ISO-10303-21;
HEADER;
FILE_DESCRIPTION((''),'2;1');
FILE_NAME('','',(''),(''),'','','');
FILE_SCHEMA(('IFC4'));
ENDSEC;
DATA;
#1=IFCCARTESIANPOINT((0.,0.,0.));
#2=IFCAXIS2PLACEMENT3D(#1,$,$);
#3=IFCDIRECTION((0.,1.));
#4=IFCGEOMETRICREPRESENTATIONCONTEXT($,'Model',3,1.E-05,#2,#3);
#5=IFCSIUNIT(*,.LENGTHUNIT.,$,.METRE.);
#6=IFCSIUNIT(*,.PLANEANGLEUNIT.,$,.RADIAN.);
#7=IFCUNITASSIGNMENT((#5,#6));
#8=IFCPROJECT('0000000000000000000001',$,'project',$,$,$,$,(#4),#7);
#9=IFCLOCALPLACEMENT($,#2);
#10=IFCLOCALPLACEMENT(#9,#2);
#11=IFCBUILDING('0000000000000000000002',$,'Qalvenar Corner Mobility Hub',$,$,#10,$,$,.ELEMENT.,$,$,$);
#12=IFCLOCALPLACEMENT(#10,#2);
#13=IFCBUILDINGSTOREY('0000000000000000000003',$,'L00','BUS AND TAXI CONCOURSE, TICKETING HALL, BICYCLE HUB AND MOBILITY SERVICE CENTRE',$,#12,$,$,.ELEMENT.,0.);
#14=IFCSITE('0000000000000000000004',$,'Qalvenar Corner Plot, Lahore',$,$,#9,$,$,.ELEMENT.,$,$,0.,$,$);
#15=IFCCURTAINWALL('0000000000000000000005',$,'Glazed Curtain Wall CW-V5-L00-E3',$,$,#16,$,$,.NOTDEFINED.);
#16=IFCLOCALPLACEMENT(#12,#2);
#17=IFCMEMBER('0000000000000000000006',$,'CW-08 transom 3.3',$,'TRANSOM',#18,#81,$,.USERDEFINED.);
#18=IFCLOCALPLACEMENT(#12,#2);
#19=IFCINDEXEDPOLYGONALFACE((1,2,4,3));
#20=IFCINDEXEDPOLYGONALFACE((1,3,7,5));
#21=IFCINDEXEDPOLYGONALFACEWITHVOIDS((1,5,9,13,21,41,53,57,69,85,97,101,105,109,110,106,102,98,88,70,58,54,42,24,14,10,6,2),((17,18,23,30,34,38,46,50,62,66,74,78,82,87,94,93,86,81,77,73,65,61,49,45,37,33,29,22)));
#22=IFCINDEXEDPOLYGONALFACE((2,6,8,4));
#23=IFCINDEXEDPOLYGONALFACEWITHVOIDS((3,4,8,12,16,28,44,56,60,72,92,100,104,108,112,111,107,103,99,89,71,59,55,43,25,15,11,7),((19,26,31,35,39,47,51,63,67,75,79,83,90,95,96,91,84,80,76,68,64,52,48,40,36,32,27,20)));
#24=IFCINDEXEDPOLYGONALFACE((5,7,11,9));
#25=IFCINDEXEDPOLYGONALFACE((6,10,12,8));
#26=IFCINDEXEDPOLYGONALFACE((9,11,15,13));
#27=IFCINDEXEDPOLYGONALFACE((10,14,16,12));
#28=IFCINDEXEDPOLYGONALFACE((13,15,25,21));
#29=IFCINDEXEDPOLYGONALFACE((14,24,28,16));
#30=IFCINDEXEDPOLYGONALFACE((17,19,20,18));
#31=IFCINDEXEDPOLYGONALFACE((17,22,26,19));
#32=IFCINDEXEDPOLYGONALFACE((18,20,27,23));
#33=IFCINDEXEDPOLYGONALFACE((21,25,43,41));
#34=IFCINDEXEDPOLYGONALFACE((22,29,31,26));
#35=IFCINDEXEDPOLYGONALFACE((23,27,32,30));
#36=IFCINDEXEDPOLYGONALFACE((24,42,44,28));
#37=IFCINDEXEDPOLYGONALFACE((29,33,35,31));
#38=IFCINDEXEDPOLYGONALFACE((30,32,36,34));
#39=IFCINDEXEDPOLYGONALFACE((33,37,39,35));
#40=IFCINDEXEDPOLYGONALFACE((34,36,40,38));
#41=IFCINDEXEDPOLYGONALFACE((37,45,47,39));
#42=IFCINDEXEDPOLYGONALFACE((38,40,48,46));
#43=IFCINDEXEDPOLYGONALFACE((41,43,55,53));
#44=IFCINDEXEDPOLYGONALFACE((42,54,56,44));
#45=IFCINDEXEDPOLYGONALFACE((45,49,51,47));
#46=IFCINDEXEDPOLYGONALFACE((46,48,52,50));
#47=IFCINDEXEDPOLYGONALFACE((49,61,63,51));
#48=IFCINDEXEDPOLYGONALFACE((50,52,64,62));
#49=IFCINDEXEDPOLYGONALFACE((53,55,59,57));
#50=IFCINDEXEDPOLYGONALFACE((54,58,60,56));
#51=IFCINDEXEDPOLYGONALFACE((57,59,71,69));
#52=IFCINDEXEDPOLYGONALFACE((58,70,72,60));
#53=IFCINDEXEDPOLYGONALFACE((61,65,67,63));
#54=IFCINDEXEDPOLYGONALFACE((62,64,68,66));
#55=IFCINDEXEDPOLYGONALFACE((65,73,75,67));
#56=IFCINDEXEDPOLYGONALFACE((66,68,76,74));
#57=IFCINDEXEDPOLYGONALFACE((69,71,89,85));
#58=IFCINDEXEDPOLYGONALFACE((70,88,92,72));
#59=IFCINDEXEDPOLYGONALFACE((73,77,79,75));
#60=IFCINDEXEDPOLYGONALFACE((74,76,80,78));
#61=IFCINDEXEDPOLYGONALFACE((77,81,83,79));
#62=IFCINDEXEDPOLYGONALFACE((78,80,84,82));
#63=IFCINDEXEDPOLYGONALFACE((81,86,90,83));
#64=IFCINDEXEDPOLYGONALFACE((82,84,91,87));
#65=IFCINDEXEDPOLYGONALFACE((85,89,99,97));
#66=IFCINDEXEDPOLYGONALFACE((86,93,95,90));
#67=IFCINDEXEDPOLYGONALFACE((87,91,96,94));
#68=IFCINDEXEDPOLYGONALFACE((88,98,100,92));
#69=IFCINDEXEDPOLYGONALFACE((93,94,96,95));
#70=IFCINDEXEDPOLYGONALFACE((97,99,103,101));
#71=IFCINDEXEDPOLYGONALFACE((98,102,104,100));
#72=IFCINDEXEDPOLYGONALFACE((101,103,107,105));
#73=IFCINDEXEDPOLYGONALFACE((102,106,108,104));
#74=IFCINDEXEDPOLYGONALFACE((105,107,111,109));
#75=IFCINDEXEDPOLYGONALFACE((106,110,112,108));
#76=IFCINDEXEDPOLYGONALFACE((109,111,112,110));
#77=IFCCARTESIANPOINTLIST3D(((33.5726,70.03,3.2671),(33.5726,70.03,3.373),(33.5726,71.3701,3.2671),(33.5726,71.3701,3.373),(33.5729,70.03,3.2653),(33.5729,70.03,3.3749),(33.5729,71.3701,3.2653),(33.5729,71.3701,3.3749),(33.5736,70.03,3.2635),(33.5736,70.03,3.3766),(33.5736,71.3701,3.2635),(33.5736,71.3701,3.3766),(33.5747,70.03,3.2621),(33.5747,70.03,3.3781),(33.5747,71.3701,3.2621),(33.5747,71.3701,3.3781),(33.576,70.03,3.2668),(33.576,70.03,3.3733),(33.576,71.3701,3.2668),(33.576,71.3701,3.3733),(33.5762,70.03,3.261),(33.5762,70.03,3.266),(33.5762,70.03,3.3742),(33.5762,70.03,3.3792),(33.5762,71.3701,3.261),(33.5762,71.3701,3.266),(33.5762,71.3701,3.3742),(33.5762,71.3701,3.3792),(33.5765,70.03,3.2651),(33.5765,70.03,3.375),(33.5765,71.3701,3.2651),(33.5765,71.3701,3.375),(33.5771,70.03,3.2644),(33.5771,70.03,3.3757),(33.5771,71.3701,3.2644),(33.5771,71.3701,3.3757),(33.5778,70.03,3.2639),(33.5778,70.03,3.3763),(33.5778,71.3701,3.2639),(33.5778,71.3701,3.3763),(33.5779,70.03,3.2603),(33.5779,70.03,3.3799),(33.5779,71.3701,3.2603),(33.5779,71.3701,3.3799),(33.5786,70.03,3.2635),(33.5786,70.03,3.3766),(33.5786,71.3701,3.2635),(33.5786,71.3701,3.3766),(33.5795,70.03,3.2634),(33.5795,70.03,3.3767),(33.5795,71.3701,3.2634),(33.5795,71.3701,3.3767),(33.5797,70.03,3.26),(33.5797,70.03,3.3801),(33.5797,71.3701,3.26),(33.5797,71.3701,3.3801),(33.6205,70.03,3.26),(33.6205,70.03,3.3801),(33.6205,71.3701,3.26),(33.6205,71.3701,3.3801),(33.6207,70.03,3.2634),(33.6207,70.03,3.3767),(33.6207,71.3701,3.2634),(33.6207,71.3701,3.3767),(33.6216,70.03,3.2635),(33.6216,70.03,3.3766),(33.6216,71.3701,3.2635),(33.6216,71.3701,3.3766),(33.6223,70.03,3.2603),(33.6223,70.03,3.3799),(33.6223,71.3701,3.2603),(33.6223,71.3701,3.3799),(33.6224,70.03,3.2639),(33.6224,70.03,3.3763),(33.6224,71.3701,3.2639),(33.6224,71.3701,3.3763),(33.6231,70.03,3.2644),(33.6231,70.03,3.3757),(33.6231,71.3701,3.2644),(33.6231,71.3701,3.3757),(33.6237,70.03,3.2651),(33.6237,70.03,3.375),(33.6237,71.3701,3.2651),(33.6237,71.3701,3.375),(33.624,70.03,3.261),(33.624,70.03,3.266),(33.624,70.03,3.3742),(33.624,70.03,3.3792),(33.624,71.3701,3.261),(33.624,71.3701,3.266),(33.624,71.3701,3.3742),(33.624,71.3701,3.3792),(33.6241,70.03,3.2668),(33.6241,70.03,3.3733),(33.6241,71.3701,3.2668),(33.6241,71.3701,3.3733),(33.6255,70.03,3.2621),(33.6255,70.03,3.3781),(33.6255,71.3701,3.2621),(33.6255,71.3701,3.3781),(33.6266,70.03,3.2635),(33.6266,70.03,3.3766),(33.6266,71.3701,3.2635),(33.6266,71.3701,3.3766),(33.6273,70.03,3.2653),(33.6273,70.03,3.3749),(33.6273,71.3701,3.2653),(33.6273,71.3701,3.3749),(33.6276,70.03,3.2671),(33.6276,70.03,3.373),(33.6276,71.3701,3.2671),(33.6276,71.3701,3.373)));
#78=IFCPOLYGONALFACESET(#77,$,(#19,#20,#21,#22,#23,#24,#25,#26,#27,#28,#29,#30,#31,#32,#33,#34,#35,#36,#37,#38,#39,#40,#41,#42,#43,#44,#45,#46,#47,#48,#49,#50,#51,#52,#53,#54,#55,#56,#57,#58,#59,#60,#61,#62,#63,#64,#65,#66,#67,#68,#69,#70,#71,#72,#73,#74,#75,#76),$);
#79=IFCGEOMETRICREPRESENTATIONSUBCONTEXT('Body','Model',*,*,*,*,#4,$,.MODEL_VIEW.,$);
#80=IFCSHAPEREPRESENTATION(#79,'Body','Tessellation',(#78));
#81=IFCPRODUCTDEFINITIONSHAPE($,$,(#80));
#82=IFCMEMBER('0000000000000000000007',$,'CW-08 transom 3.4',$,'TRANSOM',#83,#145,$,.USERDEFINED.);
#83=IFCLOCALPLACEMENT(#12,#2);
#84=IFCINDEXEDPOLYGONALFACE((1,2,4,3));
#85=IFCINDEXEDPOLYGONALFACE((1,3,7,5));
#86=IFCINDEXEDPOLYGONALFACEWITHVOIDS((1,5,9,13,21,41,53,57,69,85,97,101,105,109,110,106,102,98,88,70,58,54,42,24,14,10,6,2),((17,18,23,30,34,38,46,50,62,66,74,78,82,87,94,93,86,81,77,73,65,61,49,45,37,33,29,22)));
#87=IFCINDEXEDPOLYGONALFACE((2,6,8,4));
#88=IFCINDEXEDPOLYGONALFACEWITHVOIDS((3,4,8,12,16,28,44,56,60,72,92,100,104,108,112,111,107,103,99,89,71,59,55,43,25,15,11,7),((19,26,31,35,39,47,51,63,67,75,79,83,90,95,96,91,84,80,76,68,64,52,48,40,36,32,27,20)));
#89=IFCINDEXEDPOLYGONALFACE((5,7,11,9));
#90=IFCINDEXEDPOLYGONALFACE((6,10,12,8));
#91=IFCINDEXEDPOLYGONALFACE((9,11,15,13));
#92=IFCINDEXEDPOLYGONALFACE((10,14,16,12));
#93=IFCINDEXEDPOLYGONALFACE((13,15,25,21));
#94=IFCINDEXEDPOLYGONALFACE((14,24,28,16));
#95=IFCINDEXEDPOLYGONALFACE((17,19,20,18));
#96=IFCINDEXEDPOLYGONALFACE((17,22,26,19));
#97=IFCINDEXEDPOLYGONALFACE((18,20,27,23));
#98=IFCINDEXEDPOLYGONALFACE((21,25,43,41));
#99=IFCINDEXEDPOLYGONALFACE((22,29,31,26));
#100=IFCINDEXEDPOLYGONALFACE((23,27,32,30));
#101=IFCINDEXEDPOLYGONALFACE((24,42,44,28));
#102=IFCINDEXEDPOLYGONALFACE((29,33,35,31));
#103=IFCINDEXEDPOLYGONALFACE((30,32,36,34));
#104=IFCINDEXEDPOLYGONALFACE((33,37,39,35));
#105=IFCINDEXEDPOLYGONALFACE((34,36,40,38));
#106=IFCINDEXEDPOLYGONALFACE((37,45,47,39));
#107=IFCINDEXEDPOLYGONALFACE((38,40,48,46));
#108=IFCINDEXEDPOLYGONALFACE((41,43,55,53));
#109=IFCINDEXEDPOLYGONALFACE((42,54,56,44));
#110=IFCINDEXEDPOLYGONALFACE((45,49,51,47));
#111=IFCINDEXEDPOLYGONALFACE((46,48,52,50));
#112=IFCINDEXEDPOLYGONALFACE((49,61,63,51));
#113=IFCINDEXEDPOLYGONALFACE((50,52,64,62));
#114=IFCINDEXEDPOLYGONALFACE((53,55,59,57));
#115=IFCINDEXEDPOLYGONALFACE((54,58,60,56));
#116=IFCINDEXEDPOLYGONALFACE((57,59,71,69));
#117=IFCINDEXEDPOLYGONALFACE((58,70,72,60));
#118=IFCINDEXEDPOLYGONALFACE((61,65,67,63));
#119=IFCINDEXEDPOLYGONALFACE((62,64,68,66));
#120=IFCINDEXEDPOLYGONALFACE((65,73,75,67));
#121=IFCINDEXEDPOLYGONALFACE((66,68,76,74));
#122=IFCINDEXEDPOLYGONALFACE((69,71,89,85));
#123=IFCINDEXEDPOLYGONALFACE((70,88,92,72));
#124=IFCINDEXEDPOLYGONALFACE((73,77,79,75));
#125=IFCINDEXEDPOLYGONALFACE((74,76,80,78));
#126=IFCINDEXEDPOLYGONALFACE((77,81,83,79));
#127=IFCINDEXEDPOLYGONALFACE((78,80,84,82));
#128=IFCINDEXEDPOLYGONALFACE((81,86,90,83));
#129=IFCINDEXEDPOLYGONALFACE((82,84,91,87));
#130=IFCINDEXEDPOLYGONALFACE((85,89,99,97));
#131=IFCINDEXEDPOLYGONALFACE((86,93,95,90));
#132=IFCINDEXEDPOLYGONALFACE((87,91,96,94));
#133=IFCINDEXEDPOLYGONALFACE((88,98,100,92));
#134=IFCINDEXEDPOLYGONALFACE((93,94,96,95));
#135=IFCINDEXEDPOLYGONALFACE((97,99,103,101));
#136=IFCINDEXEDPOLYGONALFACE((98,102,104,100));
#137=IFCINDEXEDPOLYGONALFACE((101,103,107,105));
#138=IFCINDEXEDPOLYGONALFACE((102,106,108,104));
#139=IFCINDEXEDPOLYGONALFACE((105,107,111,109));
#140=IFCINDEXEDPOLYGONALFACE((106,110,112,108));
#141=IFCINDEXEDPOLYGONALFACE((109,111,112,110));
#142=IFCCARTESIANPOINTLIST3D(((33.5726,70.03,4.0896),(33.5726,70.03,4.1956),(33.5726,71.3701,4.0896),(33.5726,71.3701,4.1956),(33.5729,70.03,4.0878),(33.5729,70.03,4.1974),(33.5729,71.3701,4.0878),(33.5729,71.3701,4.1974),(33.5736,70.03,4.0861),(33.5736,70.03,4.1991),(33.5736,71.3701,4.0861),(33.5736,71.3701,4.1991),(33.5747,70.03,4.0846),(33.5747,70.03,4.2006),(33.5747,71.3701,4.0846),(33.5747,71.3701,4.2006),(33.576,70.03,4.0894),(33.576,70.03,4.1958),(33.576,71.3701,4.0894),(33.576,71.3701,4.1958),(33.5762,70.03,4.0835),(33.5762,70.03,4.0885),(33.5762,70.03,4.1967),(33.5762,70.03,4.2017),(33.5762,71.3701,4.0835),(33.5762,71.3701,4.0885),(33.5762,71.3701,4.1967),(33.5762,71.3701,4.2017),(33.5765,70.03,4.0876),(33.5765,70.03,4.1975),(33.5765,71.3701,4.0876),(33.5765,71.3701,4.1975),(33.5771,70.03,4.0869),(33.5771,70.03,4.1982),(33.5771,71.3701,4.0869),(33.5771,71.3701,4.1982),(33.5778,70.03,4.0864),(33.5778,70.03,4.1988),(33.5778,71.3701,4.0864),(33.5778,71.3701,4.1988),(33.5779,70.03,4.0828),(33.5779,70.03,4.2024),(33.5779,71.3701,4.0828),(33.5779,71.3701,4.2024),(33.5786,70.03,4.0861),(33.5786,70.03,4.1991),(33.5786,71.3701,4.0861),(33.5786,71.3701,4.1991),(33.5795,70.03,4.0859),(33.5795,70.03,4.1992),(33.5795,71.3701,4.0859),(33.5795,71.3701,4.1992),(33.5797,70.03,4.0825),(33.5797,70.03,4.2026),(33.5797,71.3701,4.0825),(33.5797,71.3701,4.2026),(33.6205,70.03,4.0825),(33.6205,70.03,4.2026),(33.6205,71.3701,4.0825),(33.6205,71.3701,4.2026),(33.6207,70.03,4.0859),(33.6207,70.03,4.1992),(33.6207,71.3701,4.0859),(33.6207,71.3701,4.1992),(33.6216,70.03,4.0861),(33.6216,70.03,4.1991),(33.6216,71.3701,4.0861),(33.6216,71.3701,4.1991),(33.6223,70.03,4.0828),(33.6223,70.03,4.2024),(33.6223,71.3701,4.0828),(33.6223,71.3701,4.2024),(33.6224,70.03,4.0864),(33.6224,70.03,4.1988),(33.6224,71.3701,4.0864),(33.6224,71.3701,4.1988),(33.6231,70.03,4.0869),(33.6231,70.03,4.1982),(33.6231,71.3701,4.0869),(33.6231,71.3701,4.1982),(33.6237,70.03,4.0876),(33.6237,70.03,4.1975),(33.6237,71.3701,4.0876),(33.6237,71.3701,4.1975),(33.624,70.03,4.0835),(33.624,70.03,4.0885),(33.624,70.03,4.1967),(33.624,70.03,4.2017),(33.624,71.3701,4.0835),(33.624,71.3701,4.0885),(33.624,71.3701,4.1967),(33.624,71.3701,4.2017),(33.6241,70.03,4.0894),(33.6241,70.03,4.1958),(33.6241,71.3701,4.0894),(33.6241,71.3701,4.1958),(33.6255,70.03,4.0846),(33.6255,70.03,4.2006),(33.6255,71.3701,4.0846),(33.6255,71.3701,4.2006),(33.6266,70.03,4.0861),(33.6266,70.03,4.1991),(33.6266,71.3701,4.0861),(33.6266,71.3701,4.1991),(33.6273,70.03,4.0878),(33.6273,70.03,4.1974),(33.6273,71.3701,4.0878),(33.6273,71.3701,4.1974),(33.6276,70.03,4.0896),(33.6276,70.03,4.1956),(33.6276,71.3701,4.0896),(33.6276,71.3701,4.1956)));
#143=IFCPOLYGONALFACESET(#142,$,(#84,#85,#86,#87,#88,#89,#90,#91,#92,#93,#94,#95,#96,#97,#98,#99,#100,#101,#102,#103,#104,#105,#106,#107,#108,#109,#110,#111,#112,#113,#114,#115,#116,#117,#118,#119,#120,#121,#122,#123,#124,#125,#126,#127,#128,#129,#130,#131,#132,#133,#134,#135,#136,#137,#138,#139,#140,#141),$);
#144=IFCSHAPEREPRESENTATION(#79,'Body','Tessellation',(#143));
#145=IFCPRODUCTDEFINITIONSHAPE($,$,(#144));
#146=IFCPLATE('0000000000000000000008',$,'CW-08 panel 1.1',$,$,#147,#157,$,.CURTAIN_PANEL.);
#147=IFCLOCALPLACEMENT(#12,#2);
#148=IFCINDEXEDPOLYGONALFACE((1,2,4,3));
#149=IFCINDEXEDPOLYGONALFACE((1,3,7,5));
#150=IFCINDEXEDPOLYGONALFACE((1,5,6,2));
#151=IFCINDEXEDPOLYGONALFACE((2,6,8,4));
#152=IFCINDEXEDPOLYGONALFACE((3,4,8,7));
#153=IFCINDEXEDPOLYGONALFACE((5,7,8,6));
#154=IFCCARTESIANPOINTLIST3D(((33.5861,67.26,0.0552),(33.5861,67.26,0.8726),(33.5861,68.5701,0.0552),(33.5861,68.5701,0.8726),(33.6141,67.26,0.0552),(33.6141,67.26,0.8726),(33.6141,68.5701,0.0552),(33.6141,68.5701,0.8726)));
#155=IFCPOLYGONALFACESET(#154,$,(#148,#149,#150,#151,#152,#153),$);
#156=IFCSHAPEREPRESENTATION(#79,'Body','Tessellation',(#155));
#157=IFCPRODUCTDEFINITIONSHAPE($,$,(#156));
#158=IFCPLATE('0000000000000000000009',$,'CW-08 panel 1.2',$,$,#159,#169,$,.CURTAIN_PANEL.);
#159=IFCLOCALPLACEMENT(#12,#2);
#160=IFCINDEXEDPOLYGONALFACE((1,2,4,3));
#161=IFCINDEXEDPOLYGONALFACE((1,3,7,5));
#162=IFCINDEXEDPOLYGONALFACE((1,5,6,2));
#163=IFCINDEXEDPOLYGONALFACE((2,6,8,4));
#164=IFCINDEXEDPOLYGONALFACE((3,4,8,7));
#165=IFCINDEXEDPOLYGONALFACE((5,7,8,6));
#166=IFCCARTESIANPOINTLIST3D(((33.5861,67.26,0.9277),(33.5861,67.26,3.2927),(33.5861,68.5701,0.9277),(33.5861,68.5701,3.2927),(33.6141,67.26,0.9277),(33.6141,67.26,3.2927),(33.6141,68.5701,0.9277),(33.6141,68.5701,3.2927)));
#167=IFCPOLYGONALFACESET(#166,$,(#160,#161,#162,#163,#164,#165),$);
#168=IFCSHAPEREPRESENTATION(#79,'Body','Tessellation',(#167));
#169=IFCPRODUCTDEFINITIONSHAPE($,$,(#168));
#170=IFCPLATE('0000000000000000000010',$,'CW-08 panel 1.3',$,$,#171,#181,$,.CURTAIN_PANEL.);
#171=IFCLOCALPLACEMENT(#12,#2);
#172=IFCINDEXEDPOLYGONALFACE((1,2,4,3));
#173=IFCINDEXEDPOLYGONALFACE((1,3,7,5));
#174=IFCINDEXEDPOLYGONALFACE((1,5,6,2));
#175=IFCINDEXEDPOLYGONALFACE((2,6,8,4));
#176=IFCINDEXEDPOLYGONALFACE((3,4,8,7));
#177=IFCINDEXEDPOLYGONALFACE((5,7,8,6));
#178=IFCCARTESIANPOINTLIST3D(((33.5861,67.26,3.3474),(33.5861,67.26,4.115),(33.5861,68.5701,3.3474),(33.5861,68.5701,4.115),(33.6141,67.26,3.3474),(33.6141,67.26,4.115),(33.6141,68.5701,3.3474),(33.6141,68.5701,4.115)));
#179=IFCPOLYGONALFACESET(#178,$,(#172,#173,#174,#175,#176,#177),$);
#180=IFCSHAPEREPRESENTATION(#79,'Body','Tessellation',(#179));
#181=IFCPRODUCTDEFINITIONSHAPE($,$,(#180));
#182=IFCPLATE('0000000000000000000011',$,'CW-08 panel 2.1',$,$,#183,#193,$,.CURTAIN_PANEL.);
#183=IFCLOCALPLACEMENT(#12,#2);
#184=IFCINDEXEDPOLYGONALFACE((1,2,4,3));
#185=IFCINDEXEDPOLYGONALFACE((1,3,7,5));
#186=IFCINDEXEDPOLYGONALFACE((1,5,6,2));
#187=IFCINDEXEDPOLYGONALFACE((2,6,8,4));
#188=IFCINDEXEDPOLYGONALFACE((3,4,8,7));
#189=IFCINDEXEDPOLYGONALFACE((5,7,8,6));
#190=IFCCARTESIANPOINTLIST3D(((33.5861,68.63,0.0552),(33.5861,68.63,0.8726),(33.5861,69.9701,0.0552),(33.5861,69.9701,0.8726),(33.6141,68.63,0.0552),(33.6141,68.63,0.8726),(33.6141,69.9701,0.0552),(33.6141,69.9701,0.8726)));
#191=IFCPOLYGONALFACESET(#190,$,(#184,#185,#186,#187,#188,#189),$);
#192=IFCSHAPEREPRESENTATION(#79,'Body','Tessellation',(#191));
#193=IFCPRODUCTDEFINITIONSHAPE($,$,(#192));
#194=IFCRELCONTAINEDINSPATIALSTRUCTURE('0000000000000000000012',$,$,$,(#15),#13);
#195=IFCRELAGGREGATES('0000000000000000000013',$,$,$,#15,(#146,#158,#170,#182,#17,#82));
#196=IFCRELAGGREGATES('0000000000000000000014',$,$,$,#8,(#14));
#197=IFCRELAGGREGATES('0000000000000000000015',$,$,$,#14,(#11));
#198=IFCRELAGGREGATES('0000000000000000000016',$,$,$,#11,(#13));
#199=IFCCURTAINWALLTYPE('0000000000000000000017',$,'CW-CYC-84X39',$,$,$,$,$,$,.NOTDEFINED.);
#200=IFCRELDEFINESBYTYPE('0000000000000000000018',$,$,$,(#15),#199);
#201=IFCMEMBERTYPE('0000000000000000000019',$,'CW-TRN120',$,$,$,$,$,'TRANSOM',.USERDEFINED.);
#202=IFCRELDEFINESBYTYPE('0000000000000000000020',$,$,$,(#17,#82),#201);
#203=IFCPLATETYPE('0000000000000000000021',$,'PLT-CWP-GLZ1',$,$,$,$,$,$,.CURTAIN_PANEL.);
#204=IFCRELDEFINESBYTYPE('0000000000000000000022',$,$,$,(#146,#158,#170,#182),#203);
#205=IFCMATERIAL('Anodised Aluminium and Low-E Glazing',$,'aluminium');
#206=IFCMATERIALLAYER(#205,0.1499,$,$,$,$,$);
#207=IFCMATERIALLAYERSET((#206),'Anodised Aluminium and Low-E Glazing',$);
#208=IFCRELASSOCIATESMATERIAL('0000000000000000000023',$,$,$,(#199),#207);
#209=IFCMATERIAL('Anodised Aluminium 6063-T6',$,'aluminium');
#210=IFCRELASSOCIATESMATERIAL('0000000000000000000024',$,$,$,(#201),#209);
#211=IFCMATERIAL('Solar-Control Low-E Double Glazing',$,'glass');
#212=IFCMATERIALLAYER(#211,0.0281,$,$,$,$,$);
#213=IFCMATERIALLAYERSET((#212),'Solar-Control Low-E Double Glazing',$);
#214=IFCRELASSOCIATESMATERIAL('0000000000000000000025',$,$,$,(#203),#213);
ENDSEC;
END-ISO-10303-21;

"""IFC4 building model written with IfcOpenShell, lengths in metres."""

from ifc_helpers import new_model, si_unit, direction, frame, origin, origin_2d, place, context, subcontext, project, spatial, rectangle, hollow_rectangle, extrude, material, layer, layer_set, material_profile, profile_set, type_object, element, aggregate, save


model = new_model("IFC4")

# Units and contexts
model_context = context("Model", 3, precision=1e-05, world=origin(), true_north=direction((0.0, 1.0)))
body_context = subcontext(model_context, "Body", "Model", "MODEL_VIEW")
ifc_project = project(units=[si_unit("LENGTHUNIT", "METRE"), si_unit("PLANEANGLEUNIT", "RADIAN")], contexts=[model_context])

# Site, building, storey
site_placement = place(None, origin())
site = spatial("IfcSite", under=ifc_project, at=site_placement, Name="Qalvenar Corner Plot, Lahore", CompositionType="ELEMENT", RefElevation=0.0)
building_placement = place(site_placement, origin())
building = spatial("IfcBuilding", under=site, at=building_placement, Name="Qalvenar Corner Mobility Hub", CompositionType="ELEMENT")
storey_placement = place(building_placement, origin())
storey = spatial("IfcBuildingStorey", under=building, at=storey_placement, Name="L00", Description="BUS AND TAXI CONCOURSE, TICKETING HALL, BICYCLE HUB AND MOBILITY SERVICE CENTRE", CompositionType="ELEMENT", Elevation=0.0)

# Curtain wall, members, plates
ifc_material_1 = material(Name="Anodised Aluminium and Low-E Glazing", Category="aluminium")
ifc_layer_1 = layer(ifc_material_1, 0.1499)
ifc_layer_set_1 = layer_set([ifc_layer_1], Name="Anodised Aluminium and Low-E Glazing")
curtain_wall_type = type_object("IfcCurtainWallType", Name="CW-CYC-84X39", PredefinedType="NOTDEFINED", material=ifc_layer_set_1)
curtain_wall_placement = place(storey_placement, origin())
curtain_wall = element("IfcCurtainWall", 1, at=curtain_wall_placement, inside=storey, type_object=curtain_wall_type, Name="Glazed Curtain Wall CW-V5-L00-E3", PredefinedType="NOTDEFINED")
ifc_material_2 = material(Name="Anodised Aluminium 6063-T6", Category="aluminium")
ifc_material_profile_1 = material_profile(ifc_material_2, hollow_rectangle(XDim=0.0549, YDim=0.1201, WallThickness=0.0034, InnerFilletRadius=0.0034, OuterFilletRadius=0.0071, at=origin_2d()), Name="RHS120x55x3.5")
ifc_profile_set_1 = profile_set([ifc_material_profile_1], Name="Anodised Aluminium 6063-T6")
member_type_1 = type_object("IfcMemberType", Name="CW-TRN120", ElementType="TRANSOM", PredefinedType="USERDEFINED", material=ifc_profile_set_1)
member_1_placement = place(storey_placement, frame((33.6001, 70.03, 3.3201), z_axis=(0.0, 1.0, 0.0), x_axis=(-1.0, 0.0, 0.0)))
member_1 = element("IfcMember", 2, at=member_1_placement, type_object=member_type_1, Name="CW-08 transom 3.3", ObjectType="TRANSOM", PredefinedType="USERDEFINED", context=body_context, shape_type="SweptSolid", body=[
    extrude(hollow_rectangle(XDim=0.0549, YDim=0.1201, WallThickness=0.0034, InnerFilletRadius=0.0034, OuterFilletRadius=0.0071, at=origin_2d()), origin(), (0.0, 0.0, 1.0), 1.3401),
])
member_2_placement = place(storey_placement, frame((33.6001, 70.03, 4.1426), z_axis=(0.0, 1.0, 0.0), x_axis=(-1.0, 0.0, 0.0)))
member_2 = element("IfcMember", 3, at=member_2_placement, type_object=member_type_1, Name="CW-08 transom 3.4", ObjectType="TRANSOM", PredefinedType="USERDEFINED", context=body_context, shape_type="SweptSolid", body=[
    extrude(hollow_rectangle(XDim=0.0549, YDim=0.1201, WallThickness=0.0034, InnerFilletRadius=0.0034, OuterFilletRadius=0.0071, at=origin_2d()), origin(), (0.0, 0.0, 1.0), 1.3401),
])
ifc_material_3 = material(Name="Solar-Control Low-E Double Glazing", Category="glass")
ifc_layer_2 = layer(ifc_material_3, 0.0281)
ifc_layer_set_2 = layer_set([ifc_layer_2], Name="Solar-Control Low-E Double Glazing")
plate_type = type_object("IfcPlateType", Name="PLT-CWP-GLZ1", PredefinedType="CURTAIN_PANEL", material=ifc_layer_set_2)
plate_1_placement = place(storey_placement, frame((33.6001, 67.915, 0.0552), z_axis=(0.0, 0.0, 1.0), x_axis=(0.0, 1.0, 0.0)))
plate_1 = element("IfcPlate", 4, at=plate_1_placement, type_object=plate_type, Name="CW-08 panel 1.1", PredefinedType="CURTAIN_PANEL", context=body_context, shape_type="SweptSolid", body=[
    extrude(rectangle(XDim=1.3101, YDim=0.0281, at=origin_2d()), origin(), (0.0, 0.0, 1.0), 0.8174),
])
plate_2_placement = place(storey_placement, frame((33.6001, 67.915, 0.9277), z_axis=(0.0, 0.0, 1.0), x_axis=(0.0, 1.0, 0.0)))
plate_2 = element("IfcPlate", 5, at=plate_2_placement, type_object=plate_type, Name="CW-08 panel 1.2", PredefinedType="CURTAIN_PANEL", context=body_context, shape_type="SweptSolid", body=[
    extrude(rectangle(XDim=1.3101, YDim=0.0281, at=origin_2d()), origin(), (0.0, 0.0, 1.0), 2.365),
])
plate_3_placement = place(storey_placement, frame((33.6001, 67.915, 3.3474), z_axis=(0.0, 0.0, 1.0), x_axis=(0.0, 1.0, 0.0)))
plate_3 = element("IfcPlate", 6, at=plate_3_placement, type_object=plate_type, Name="CW-08 panel 1.3", PredefinedType="CURTAIN_PANEL", context=body_context, shape_type="SweptSolid", body=[
    extrude(rectangle(XDim=1.3101, YDim=0.0281, at=origin_2d()), origin(), (0.0, 0.0, 1.0), 0.7676),
])
plate_4_placement = place(storey_placement, frame((33.6001, 69.3, 0.0552), z_axis=(0.0, 0.0, 1.0), x_axis=(0.0, 1.0, 0.0)))
plate_4 = element("IfcPlate", 7, at=plate_4_placement, type_object=plate_type, Name="CW-08 panel 2.1", PredefinedType="CURTAIN_PANEL", context=body_context, shape_type="SweptSolid", body=[
    extrude(rectangle(XDim=1.3401, YDim=0.0281, at=origin_2d()), origin(), (0.0, 0.0, 1.0), 0.8174),
])
aggregate(curtain_wall, [plate_1, plate_2, plate_3, plate_4, member_1, member_2])

save(model, "model.ifc")
